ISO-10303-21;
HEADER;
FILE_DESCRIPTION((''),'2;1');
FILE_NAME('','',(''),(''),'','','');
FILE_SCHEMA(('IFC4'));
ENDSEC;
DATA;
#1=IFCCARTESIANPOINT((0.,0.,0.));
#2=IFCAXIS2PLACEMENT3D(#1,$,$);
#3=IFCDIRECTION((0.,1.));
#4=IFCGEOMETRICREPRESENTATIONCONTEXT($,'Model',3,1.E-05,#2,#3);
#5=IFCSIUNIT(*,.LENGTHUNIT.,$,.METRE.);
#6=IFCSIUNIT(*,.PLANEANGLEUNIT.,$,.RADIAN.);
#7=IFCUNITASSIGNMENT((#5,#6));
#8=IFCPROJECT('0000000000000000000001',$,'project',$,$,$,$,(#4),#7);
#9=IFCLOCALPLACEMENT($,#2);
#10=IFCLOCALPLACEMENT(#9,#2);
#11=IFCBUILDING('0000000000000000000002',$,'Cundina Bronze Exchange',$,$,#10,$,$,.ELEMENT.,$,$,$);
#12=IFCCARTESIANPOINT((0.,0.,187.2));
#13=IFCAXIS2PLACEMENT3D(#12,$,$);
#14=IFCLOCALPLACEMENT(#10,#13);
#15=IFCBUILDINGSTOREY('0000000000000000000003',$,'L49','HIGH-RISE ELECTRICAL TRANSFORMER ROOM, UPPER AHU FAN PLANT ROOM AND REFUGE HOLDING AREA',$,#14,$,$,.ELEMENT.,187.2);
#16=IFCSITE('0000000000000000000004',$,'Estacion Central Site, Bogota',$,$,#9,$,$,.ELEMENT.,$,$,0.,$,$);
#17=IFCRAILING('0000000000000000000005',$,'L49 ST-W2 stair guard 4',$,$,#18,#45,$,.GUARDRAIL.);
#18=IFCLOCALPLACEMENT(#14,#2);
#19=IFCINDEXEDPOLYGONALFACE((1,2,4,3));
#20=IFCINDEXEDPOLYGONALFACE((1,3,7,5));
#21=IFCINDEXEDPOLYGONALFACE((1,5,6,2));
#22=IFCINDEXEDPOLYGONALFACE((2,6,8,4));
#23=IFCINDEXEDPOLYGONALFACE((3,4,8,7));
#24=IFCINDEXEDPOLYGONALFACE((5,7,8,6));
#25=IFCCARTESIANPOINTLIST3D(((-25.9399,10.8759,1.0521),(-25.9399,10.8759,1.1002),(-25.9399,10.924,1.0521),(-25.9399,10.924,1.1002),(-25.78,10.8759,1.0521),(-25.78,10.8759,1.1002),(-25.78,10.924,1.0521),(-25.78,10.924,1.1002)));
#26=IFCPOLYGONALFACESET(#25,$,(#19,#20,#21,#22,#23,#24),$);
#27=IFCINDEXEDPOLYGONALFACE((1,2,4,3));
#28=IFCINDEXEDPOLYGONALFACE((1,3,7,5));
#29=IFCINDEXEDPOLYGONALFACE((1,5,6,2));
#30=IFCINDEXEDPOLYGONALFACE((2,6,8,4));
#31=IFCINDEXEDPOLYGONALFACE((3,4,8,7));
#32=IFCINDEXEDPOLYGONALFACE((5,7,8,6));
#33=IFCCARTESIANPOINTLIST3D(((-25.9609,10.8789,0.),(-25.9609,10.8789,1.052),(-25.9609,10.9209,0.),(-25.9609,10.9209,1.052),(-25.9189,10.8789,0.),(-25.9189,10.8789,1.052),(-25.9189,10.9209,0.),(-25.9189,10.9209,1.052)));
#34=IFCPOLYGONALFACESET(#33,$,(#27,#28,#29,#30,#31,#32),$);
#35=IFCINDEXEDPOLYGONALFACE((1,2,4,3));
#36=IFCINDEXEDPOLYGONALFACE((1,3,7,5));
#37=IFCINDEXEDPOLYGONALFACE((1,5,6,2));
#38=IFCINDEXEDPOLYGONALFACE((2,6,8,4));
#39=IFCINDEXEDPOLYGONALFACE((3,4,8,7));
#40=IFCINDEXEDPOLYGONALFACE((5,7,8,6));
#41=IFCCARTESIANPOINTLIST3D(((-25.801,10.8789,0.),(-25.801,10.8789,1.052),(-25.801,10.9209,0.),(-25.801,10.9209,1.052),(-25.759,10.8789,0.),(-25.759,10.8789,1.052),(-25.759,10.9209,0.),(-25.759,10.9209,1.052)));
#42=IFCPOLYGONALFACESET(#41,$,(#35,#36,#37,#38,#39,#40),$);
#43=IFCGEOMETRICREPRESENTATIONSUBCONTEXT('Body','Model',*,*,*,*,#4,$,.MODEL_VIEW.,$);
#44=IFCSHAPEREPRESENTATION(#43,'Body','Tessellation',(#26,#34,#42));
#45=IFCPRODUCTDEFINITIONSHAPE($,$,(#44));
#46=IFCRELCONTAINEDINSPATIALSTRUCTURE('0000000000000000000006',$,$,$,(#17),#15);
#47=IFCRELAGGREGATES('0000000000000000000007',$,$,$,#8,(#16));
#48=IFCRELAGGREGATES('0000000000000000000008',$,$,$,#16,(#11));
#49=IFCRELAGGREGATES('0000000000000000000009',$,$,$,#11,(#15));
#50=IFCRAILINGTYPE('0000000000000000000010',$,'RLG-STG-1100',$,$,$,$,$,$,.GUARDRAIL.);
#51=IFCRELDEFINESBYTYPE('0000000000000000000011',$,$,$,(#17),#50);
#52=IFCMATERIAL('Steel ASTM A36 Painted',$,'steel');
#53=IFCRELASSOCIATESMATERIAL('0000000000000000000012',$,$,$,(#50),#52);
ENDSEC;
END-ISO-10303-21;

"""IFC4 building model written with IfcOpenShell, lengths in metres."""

from ifc_helpers import new_model, si_unit, direction, frame, origin, origin_2d, place, context, subcontext, project, spatial, rectangle, extrude, material, type_object, element, save


model = new_model("IFC4")

# Units and contexts
model_context = context("Model", 3, precision=1e-05, world=origin(), true_north=direction((0.0, 1.0)))
body_context = subcontext(model_context, "Body", "Model", "MODEL_VIEW")
ifc_project = project(units=[si_unit("LENGTHUNIT", "METRE"), si_unit("PLANEANGLEUNIT", "RADIAN")], contexts=[model_context])

# Site, building, storey
site_placement = place(None, origin())
site = spatial("IfcSite", under=ifc_project, at=site_placement, Name="Estacion Central Site, Bogota", CompositionType="ELEMENT", RefElevation=0.0)
building_placement = place(site_placement, origin())
building = spatial("IfcBuilding", under=site, at=building_placement, Name="Cundina Bronze Exchange", CompositionType="ELEMENT")
storey_placement = place(building_placement, frame((0.0, 0.0, 187.2)))
storey = spatial("IfcBuildingStorey", under=building, at=storey_placement, Name="L49", Description="HIGH-RISE ELECTRICAL TRANSFORMER ROOM, UPPER AHU FAN PLANT ROOM AND REFUGE HOLDING AREA", CompositionType="ELEMENT", Elevation=187.2)

# Shared definitions
ifc_material_1 = material(Name="Steel ASTM A36 Painted", Category="steel")

# Railing
railing_type_1 = type_object("IfcRailingType", Name="RLG-STG-1100", PredefinedType="GUARDRAIL", material=ifc_material_1)
railing_1_placement = place(storey_placement, frame((-25.9399, 10.8999, 0.0)))
element("IfcRailing", 1, at=railing_1_placement, inside=storey, type_object=railing_type_1, Name="L49 ST-W2 stair guard 4", PredefinedType="GUARDRAIL", context=body_context, shape_type="SweptSolid", body=[
    extrude(rectangle(XDim=0.0481, YDim=0.0481, at=origin_2d()), frame((0.0, 0.0, 1.0762), z_axis=(1.0, 0.0, 0.0), x_axis=(0.0, 1.0, 0.0)), (0.0, 0.0, 1.0), 0.1599),
    extrude(rectangle(XDim=0.042, YDim=0.042, at=origin_2d()), origin(), (0.0, 0.0, 1.0), 1.052),
    extrude(rectangle(XDim=0.042, YDim=0.042, at=origin_2d()), frame((0.1599, 0.0, 0.0)), (0.0, 0.0, 1.0), 1.052),
])

save(model, "model.ifc")
